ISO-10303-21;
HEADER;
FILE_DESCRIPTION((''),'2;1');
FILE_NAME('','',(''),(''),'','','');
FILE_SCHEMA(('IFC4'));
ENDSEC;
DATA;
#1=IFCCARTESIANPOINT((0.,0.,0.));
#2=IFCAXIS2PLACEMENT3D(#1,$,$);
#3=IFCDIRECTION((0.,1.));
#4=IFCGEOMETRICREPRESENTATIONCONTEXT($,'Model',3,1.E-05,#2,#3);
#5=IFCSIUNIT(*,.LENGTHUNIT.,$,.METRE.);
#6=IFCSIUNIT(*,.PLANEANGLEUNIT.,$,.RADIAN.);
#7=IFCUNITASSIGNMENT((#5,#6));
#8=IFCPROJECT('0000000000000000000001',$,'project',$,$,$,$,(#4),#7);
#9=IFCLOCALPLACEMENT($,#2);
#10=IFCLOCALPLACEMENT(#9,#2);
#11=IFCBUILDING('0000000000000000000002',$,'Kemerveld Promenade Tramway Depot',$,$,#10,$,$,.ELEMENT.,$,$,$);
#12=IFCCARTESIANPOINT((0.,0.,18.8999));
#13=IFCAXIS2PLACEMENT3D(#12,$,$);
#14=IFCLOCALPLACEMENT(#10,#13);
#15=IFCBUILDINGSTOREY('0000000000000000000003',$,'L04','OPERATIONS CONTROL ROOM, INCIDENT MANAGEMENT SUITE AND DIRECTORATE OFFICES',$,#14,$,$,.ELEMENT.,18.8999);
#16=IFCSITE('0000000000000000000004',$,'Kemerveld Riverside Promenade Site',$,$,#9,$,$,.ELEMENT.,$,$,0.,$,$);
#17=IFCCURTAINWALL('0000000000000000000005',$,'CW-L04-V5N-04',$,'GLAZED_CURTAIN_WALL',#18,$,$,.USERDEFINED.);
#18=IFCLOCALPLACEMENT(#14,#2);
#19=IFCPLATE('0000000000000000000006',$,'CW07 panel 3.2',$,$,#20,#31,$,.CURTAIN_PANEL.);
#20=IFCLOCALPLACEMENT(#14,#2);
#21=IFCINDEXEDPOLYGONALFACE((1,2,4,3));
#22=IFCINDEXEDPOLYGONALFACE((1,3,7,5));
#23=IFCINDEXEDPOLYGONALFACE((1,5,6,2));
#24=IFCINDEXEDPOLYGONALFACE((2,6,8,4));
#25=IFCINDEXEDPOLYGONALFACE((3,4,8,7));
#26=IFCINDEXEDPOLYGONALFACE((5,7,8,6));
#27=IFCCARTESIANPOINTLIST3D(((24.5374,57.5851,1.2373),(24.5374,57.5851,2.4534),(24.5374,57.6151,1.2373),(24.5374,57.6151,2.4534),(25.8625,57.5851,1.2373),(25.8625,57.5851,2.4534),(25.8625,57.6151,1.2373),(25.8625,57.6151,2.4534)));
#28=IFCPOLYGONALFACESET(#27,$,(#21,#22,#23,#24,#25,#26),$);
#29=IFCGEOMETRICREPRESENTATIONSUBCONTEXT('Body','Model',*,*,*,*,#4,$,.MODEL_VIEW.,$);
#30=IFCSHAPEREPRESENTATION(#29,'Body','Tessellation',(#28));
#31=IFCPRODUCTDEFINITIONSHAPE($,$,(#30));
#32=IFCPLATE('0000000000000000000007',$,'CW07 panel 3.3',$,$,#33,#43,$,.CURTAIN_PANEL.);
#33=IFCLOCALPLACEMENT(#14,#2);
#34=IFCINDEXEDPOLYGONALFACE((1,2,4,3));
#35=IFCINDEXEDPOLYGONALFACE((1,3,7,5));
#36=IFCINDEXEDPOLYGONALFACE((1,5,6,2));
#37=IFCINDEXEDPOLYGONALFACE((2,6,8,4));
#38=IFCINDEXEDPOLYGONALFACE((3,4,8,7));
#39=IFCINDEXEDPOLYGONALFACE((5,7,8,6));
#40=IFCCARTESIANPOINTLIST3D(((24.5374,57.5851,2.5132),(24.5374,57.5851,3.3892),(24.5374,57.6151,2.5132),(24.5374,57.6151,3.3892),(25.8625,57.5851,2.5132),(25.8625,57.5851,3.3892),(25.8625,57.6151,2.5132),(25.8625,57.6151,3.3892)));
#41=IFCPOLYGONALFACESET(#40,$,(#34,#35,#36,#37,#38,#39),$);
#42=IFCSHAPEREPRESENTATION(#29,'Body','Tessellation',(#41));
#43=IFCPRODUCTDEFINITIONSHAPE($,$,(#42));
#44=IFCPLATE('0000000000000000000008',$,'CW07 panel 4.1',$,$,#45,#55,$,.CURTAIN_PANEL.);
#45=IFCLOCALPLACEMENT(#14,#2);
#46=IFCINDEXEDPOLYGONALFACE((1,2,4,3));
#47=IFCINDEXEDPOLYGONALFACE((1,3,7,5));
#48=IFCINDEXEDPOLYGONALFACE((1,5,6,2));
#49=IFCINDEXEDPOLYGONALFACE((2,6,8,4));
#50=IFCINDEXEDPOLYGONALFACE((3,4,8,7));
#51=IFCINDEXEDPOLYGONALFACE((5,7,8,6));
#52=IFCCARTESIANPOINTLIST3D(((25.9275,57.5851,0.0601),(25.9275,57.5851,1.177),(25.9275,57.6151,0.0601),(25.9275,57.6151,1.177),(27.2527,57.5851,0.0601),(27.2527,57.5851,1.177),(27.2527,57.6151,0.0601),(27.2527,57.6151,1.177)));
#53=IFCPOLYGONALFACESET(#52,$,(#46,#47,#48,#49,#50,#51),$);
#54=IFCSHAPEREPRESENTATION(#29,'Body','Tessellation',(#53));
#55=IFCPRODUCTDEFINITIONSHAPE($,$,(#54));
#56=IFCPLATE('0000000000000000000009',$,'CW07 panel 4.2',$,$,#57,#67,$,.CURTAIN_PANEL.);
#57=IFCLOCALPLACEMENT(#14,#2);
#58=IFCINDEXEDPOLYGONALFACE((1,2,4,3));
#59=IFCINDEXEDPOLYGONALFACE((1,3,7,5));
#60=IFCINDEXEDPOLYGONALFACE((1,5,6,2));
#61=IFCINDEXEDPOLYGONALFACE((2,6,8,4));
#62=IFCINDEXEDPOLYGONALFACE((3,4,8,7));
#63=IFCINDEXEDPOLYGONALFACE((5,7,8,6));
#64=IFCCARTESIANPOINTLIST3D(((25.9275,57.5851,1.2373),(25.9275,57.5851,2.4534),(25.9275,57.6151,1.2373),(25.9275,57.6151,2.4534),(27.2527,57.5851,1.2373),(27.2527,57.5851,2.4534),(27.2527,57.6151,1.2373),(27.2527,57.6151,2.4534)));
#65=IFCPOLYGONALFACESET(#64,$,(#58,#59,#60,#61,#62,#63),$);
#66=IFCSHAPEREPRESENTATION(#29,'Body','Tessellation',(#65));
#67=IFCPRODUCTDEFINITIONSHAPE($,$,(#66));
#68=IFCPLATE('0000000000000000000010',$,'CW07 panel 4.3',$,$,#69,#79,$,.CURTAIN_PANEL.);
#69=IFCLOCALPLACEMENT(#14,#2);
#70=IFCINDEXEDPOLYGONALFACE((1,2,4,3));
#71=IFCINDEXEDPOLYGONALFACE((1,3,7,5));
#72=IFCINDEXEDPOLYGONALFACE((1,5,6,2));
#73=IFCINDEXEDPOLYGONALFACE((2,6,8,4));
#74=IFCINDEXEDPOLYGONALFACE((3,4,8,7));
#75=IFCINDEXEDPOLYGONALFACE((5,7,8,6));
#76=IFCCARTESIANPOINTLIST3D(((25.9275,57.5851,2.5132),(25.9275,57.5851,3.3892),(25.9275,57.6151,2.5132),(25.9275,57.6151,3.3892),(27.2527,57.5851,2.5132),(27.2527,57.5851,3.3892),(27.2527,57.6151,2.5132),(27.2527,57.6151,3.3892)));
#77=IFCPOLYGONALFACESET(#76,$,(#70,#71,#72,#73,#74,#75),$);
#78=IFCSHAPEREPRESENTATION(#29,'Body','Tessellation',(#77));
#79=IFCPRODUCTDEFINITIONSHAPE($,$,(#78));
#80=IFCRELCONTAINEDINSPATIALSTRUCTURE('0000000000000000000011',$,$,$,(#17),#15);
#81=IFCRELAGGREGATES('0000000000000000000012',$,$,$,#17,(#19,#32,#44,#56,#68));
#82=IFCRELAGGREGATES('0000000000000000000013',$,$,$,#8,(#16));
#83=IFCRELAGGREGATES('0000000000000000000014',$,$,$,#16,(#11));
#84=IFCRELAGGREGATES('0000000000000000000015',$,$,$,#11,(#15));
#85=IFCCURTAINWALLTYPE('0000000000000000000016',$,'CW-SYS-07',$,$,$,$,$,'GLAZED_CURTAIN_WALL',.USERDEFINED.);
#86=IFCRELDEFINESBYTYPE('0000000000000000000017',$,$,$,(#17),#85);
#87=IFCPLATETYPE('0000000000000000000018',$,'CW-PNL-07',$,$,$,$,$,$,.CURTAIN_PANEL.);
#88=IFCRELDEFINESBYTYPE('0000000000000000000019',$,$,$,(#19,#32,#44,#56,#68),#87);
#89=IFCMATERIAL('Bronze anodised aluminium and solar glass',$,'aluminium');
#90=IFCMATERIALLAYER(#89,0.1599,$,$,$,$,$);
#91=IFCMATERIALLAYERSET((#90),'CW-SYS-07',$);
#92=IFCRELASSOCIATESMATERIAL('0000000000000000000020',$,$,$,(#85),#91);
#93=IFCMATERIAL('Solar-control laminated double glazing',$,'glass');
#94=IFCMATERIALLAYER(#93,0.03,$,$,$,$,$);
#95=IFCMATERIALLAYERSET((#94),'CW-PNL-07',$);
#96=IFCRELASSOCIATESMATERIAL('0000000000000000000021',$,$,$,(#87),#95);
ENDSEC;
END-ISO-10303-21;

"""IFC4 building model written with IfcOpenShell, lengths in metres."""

from ifc_helpers import new_model, si_unit, direction, frame, origin, origin_2d, place, context, subcontext, project, spatial, rectangle, extrude, material, layer, layer_set, type_object, element, aggregate, save


model = new_model("IFC4")

# Units and contexts
model_context = context("Model", 3, precision=1e-05, world=origin(), true_north=direction((0.0, 1.0)))
body_context = subcontext(model_context, "Body", "Model", "MODEL_VIEW")
ifc_project = project(units=[si_unit("LENGTHUNIT", "METRE"), si_unit("PLANEANGLEUNIT", "RADIAN")], contexts=[model_context])

# Site, building, storey
site_placement = place(None, origin())
site = spatial("IfcSite", under=ifc_project, at=site_placement, Name="Kemerveld Riverside Promenade Site", CompositionType="ELEMENT", RefElevation=0.0)
building_placement = place(site_placement, origin())
building = spatial("IfcBuilding", under=site, at=building_placement, Name="Kemerveld Promenade Tramway Depot", CompositionType="ELEMENT")
storey_placement = place(building_placement, frame((0.0, 0.0, 18.8999)))
storey = spatial("IfcBuildingStorey", under=building, at=storey_placement, Name="L04", Description="OPERATIONS CONTROL ROOM, INCIDENT MANAGEMENT SUITE AND DIRECTORATE OFFICES", CompositionType="ELEMENT", Elevation=18.8999)

# Curtain wall, plates
ifc_material_1 = material(Name="Bronze anodised aluminium and solar glass", Category="aluminium")
ifc_layer_1 = layer(ifc_material_1, 0.1599)
ifc_layer_set_1 = layer_set([ifc_layer_1], Name="CW-SYS-07")
curtain_wall_type = type_object("IfcCurtainWallType", Name="CW-SYS-07", ElementType="GLAZED_CURTAIN_WALL", PredefinedType="USERDEFINED", material=ifc_layer_set_1)
curtain_wall_placement = place(storey_placement, origin())
curtain_wall = element("IfcCurtainWall", 1, at=curtain_wall_placement, inside=storey, type_object=curtain_wall_type, Name="CW-L04-V5N-04", ObjectType="GLAZED_CURTAIN_WALL", PredefinedType="USERDEFINED")
ifc_material_2 = material(Name="Solar-control laminated double glazing", Category="glass")
ifc_layer_2 = layer(ifc_material_2, 0.03)
ifc_layer_set_2 = layer_set([ifc_layer_2], Name="CW-PNL-07")
plate_type = type_object("IfcPlateType", Name="CW-PNL-07", PredefinedType="CURTAIN_PANEL", material=ifc_layer_set_2)
plate_1_placement = place(storey_placement, frame((25.2, 57.6001, 1.2373), z_axis=(0.0, 0.0, 1.0), x_axis=(1.0, 0.0, 0.0)))
plate_1 = element("IfcPlate", 2, at=plate_1_placement, type_object=plate_type, Name="CW07 panel 3.2", PredefinedType="CURTAIN_PANEL", context=body_context, shape_type="SweptSolid", body=[
    extrude(rectangle(XDim=1.3252, YDim=0.03, at=origin_2d()), origin(), (0.0, 0.0, 1.0), 1.2161),
])
plate_2_placement = place(storey_placement, frame((25.2, 57.6001, 2.5132), z_axis=(0.0, 0.0, 1.0), x_axis=(1.0, 0.0, 0.0)))
plate_2 = element("IfcPlate", 3, at=plate_2_placement, type_object=plate_type, Name="CW07 panel 3.3", PredefinedType="CURTAIN_PANEL", context=body_context, shape_type="SweptSolid", body=[
    extrude(rectangle(XDim=1.3252, YDim=0.03, at=origin_2d()), origin(), (0.0, 0.0, 1.0), 0.876),
])
plate_3_placement = place(storey_placement, frame((26.5901, 57.6001, 0.0601), z_axis=(0.0, 0.0, 1.0), x_axis=(1.0, 0.0, 0.0)))
plate_3 = element("IfcPlate", 4, at=plate_3_placement, type_object=plate_type, Name="CW07 panel 4.1", PredefinedType="CURTAIN_PANEL", context=body_context, shape_type="SweptSolid", body=[
    extrude(rectangle(XDim=1.3252, YDim=0.03, at=origin_2d()), origin(), (0.0, 0.0, 1.0), 1.1169),
])
plate_4_placement = place(storey_placement, frame((26.5901, 57.6001, 1.2373), z_axis=(0.0, 0.0, 1.0), x_axis=(1.0, 0.0, 0.0)))
plate_4 = element("IfcPlate", 5, at=plate_4_placement, type_object=plate_type, Name="CW07 panel 4.2", PredefinedType="CURTAIN_PANEL", context=body_context, shape_type="SweptSolid", body=[
    extrude(rectangle(XDim=1.3252, YDim=0.03, at=origin_2d()), origin(), (0.0, 0.0, 1.0), 1.2161),
])
plate_5_placement = place(storey_placement, frame((26.5901, 57.6001, 2.5132), z_axis=(0.0, 0.0, 1.0), x_axis=(1.0, 0.0, 0.0)))
plate_5 = element("IfcPlate", 6, at=plate_5_placement, type_object=plate_type, Name="CW07 panel 4.3", PredefinedType="CURTAIN_PANEL", context=body_context, shape_type="SweptSolid", body=[
    extrude(rectangle(XDim=1.3252, YDim=0.03, at=origin_2d()), origin(), (0.0, 0.0, 1.0), 0.876),
])
aggregate(curtain_wall, [plate_1, plate_2, plate_3, plate_4, plate_5])

save(model, "model.ifc")
